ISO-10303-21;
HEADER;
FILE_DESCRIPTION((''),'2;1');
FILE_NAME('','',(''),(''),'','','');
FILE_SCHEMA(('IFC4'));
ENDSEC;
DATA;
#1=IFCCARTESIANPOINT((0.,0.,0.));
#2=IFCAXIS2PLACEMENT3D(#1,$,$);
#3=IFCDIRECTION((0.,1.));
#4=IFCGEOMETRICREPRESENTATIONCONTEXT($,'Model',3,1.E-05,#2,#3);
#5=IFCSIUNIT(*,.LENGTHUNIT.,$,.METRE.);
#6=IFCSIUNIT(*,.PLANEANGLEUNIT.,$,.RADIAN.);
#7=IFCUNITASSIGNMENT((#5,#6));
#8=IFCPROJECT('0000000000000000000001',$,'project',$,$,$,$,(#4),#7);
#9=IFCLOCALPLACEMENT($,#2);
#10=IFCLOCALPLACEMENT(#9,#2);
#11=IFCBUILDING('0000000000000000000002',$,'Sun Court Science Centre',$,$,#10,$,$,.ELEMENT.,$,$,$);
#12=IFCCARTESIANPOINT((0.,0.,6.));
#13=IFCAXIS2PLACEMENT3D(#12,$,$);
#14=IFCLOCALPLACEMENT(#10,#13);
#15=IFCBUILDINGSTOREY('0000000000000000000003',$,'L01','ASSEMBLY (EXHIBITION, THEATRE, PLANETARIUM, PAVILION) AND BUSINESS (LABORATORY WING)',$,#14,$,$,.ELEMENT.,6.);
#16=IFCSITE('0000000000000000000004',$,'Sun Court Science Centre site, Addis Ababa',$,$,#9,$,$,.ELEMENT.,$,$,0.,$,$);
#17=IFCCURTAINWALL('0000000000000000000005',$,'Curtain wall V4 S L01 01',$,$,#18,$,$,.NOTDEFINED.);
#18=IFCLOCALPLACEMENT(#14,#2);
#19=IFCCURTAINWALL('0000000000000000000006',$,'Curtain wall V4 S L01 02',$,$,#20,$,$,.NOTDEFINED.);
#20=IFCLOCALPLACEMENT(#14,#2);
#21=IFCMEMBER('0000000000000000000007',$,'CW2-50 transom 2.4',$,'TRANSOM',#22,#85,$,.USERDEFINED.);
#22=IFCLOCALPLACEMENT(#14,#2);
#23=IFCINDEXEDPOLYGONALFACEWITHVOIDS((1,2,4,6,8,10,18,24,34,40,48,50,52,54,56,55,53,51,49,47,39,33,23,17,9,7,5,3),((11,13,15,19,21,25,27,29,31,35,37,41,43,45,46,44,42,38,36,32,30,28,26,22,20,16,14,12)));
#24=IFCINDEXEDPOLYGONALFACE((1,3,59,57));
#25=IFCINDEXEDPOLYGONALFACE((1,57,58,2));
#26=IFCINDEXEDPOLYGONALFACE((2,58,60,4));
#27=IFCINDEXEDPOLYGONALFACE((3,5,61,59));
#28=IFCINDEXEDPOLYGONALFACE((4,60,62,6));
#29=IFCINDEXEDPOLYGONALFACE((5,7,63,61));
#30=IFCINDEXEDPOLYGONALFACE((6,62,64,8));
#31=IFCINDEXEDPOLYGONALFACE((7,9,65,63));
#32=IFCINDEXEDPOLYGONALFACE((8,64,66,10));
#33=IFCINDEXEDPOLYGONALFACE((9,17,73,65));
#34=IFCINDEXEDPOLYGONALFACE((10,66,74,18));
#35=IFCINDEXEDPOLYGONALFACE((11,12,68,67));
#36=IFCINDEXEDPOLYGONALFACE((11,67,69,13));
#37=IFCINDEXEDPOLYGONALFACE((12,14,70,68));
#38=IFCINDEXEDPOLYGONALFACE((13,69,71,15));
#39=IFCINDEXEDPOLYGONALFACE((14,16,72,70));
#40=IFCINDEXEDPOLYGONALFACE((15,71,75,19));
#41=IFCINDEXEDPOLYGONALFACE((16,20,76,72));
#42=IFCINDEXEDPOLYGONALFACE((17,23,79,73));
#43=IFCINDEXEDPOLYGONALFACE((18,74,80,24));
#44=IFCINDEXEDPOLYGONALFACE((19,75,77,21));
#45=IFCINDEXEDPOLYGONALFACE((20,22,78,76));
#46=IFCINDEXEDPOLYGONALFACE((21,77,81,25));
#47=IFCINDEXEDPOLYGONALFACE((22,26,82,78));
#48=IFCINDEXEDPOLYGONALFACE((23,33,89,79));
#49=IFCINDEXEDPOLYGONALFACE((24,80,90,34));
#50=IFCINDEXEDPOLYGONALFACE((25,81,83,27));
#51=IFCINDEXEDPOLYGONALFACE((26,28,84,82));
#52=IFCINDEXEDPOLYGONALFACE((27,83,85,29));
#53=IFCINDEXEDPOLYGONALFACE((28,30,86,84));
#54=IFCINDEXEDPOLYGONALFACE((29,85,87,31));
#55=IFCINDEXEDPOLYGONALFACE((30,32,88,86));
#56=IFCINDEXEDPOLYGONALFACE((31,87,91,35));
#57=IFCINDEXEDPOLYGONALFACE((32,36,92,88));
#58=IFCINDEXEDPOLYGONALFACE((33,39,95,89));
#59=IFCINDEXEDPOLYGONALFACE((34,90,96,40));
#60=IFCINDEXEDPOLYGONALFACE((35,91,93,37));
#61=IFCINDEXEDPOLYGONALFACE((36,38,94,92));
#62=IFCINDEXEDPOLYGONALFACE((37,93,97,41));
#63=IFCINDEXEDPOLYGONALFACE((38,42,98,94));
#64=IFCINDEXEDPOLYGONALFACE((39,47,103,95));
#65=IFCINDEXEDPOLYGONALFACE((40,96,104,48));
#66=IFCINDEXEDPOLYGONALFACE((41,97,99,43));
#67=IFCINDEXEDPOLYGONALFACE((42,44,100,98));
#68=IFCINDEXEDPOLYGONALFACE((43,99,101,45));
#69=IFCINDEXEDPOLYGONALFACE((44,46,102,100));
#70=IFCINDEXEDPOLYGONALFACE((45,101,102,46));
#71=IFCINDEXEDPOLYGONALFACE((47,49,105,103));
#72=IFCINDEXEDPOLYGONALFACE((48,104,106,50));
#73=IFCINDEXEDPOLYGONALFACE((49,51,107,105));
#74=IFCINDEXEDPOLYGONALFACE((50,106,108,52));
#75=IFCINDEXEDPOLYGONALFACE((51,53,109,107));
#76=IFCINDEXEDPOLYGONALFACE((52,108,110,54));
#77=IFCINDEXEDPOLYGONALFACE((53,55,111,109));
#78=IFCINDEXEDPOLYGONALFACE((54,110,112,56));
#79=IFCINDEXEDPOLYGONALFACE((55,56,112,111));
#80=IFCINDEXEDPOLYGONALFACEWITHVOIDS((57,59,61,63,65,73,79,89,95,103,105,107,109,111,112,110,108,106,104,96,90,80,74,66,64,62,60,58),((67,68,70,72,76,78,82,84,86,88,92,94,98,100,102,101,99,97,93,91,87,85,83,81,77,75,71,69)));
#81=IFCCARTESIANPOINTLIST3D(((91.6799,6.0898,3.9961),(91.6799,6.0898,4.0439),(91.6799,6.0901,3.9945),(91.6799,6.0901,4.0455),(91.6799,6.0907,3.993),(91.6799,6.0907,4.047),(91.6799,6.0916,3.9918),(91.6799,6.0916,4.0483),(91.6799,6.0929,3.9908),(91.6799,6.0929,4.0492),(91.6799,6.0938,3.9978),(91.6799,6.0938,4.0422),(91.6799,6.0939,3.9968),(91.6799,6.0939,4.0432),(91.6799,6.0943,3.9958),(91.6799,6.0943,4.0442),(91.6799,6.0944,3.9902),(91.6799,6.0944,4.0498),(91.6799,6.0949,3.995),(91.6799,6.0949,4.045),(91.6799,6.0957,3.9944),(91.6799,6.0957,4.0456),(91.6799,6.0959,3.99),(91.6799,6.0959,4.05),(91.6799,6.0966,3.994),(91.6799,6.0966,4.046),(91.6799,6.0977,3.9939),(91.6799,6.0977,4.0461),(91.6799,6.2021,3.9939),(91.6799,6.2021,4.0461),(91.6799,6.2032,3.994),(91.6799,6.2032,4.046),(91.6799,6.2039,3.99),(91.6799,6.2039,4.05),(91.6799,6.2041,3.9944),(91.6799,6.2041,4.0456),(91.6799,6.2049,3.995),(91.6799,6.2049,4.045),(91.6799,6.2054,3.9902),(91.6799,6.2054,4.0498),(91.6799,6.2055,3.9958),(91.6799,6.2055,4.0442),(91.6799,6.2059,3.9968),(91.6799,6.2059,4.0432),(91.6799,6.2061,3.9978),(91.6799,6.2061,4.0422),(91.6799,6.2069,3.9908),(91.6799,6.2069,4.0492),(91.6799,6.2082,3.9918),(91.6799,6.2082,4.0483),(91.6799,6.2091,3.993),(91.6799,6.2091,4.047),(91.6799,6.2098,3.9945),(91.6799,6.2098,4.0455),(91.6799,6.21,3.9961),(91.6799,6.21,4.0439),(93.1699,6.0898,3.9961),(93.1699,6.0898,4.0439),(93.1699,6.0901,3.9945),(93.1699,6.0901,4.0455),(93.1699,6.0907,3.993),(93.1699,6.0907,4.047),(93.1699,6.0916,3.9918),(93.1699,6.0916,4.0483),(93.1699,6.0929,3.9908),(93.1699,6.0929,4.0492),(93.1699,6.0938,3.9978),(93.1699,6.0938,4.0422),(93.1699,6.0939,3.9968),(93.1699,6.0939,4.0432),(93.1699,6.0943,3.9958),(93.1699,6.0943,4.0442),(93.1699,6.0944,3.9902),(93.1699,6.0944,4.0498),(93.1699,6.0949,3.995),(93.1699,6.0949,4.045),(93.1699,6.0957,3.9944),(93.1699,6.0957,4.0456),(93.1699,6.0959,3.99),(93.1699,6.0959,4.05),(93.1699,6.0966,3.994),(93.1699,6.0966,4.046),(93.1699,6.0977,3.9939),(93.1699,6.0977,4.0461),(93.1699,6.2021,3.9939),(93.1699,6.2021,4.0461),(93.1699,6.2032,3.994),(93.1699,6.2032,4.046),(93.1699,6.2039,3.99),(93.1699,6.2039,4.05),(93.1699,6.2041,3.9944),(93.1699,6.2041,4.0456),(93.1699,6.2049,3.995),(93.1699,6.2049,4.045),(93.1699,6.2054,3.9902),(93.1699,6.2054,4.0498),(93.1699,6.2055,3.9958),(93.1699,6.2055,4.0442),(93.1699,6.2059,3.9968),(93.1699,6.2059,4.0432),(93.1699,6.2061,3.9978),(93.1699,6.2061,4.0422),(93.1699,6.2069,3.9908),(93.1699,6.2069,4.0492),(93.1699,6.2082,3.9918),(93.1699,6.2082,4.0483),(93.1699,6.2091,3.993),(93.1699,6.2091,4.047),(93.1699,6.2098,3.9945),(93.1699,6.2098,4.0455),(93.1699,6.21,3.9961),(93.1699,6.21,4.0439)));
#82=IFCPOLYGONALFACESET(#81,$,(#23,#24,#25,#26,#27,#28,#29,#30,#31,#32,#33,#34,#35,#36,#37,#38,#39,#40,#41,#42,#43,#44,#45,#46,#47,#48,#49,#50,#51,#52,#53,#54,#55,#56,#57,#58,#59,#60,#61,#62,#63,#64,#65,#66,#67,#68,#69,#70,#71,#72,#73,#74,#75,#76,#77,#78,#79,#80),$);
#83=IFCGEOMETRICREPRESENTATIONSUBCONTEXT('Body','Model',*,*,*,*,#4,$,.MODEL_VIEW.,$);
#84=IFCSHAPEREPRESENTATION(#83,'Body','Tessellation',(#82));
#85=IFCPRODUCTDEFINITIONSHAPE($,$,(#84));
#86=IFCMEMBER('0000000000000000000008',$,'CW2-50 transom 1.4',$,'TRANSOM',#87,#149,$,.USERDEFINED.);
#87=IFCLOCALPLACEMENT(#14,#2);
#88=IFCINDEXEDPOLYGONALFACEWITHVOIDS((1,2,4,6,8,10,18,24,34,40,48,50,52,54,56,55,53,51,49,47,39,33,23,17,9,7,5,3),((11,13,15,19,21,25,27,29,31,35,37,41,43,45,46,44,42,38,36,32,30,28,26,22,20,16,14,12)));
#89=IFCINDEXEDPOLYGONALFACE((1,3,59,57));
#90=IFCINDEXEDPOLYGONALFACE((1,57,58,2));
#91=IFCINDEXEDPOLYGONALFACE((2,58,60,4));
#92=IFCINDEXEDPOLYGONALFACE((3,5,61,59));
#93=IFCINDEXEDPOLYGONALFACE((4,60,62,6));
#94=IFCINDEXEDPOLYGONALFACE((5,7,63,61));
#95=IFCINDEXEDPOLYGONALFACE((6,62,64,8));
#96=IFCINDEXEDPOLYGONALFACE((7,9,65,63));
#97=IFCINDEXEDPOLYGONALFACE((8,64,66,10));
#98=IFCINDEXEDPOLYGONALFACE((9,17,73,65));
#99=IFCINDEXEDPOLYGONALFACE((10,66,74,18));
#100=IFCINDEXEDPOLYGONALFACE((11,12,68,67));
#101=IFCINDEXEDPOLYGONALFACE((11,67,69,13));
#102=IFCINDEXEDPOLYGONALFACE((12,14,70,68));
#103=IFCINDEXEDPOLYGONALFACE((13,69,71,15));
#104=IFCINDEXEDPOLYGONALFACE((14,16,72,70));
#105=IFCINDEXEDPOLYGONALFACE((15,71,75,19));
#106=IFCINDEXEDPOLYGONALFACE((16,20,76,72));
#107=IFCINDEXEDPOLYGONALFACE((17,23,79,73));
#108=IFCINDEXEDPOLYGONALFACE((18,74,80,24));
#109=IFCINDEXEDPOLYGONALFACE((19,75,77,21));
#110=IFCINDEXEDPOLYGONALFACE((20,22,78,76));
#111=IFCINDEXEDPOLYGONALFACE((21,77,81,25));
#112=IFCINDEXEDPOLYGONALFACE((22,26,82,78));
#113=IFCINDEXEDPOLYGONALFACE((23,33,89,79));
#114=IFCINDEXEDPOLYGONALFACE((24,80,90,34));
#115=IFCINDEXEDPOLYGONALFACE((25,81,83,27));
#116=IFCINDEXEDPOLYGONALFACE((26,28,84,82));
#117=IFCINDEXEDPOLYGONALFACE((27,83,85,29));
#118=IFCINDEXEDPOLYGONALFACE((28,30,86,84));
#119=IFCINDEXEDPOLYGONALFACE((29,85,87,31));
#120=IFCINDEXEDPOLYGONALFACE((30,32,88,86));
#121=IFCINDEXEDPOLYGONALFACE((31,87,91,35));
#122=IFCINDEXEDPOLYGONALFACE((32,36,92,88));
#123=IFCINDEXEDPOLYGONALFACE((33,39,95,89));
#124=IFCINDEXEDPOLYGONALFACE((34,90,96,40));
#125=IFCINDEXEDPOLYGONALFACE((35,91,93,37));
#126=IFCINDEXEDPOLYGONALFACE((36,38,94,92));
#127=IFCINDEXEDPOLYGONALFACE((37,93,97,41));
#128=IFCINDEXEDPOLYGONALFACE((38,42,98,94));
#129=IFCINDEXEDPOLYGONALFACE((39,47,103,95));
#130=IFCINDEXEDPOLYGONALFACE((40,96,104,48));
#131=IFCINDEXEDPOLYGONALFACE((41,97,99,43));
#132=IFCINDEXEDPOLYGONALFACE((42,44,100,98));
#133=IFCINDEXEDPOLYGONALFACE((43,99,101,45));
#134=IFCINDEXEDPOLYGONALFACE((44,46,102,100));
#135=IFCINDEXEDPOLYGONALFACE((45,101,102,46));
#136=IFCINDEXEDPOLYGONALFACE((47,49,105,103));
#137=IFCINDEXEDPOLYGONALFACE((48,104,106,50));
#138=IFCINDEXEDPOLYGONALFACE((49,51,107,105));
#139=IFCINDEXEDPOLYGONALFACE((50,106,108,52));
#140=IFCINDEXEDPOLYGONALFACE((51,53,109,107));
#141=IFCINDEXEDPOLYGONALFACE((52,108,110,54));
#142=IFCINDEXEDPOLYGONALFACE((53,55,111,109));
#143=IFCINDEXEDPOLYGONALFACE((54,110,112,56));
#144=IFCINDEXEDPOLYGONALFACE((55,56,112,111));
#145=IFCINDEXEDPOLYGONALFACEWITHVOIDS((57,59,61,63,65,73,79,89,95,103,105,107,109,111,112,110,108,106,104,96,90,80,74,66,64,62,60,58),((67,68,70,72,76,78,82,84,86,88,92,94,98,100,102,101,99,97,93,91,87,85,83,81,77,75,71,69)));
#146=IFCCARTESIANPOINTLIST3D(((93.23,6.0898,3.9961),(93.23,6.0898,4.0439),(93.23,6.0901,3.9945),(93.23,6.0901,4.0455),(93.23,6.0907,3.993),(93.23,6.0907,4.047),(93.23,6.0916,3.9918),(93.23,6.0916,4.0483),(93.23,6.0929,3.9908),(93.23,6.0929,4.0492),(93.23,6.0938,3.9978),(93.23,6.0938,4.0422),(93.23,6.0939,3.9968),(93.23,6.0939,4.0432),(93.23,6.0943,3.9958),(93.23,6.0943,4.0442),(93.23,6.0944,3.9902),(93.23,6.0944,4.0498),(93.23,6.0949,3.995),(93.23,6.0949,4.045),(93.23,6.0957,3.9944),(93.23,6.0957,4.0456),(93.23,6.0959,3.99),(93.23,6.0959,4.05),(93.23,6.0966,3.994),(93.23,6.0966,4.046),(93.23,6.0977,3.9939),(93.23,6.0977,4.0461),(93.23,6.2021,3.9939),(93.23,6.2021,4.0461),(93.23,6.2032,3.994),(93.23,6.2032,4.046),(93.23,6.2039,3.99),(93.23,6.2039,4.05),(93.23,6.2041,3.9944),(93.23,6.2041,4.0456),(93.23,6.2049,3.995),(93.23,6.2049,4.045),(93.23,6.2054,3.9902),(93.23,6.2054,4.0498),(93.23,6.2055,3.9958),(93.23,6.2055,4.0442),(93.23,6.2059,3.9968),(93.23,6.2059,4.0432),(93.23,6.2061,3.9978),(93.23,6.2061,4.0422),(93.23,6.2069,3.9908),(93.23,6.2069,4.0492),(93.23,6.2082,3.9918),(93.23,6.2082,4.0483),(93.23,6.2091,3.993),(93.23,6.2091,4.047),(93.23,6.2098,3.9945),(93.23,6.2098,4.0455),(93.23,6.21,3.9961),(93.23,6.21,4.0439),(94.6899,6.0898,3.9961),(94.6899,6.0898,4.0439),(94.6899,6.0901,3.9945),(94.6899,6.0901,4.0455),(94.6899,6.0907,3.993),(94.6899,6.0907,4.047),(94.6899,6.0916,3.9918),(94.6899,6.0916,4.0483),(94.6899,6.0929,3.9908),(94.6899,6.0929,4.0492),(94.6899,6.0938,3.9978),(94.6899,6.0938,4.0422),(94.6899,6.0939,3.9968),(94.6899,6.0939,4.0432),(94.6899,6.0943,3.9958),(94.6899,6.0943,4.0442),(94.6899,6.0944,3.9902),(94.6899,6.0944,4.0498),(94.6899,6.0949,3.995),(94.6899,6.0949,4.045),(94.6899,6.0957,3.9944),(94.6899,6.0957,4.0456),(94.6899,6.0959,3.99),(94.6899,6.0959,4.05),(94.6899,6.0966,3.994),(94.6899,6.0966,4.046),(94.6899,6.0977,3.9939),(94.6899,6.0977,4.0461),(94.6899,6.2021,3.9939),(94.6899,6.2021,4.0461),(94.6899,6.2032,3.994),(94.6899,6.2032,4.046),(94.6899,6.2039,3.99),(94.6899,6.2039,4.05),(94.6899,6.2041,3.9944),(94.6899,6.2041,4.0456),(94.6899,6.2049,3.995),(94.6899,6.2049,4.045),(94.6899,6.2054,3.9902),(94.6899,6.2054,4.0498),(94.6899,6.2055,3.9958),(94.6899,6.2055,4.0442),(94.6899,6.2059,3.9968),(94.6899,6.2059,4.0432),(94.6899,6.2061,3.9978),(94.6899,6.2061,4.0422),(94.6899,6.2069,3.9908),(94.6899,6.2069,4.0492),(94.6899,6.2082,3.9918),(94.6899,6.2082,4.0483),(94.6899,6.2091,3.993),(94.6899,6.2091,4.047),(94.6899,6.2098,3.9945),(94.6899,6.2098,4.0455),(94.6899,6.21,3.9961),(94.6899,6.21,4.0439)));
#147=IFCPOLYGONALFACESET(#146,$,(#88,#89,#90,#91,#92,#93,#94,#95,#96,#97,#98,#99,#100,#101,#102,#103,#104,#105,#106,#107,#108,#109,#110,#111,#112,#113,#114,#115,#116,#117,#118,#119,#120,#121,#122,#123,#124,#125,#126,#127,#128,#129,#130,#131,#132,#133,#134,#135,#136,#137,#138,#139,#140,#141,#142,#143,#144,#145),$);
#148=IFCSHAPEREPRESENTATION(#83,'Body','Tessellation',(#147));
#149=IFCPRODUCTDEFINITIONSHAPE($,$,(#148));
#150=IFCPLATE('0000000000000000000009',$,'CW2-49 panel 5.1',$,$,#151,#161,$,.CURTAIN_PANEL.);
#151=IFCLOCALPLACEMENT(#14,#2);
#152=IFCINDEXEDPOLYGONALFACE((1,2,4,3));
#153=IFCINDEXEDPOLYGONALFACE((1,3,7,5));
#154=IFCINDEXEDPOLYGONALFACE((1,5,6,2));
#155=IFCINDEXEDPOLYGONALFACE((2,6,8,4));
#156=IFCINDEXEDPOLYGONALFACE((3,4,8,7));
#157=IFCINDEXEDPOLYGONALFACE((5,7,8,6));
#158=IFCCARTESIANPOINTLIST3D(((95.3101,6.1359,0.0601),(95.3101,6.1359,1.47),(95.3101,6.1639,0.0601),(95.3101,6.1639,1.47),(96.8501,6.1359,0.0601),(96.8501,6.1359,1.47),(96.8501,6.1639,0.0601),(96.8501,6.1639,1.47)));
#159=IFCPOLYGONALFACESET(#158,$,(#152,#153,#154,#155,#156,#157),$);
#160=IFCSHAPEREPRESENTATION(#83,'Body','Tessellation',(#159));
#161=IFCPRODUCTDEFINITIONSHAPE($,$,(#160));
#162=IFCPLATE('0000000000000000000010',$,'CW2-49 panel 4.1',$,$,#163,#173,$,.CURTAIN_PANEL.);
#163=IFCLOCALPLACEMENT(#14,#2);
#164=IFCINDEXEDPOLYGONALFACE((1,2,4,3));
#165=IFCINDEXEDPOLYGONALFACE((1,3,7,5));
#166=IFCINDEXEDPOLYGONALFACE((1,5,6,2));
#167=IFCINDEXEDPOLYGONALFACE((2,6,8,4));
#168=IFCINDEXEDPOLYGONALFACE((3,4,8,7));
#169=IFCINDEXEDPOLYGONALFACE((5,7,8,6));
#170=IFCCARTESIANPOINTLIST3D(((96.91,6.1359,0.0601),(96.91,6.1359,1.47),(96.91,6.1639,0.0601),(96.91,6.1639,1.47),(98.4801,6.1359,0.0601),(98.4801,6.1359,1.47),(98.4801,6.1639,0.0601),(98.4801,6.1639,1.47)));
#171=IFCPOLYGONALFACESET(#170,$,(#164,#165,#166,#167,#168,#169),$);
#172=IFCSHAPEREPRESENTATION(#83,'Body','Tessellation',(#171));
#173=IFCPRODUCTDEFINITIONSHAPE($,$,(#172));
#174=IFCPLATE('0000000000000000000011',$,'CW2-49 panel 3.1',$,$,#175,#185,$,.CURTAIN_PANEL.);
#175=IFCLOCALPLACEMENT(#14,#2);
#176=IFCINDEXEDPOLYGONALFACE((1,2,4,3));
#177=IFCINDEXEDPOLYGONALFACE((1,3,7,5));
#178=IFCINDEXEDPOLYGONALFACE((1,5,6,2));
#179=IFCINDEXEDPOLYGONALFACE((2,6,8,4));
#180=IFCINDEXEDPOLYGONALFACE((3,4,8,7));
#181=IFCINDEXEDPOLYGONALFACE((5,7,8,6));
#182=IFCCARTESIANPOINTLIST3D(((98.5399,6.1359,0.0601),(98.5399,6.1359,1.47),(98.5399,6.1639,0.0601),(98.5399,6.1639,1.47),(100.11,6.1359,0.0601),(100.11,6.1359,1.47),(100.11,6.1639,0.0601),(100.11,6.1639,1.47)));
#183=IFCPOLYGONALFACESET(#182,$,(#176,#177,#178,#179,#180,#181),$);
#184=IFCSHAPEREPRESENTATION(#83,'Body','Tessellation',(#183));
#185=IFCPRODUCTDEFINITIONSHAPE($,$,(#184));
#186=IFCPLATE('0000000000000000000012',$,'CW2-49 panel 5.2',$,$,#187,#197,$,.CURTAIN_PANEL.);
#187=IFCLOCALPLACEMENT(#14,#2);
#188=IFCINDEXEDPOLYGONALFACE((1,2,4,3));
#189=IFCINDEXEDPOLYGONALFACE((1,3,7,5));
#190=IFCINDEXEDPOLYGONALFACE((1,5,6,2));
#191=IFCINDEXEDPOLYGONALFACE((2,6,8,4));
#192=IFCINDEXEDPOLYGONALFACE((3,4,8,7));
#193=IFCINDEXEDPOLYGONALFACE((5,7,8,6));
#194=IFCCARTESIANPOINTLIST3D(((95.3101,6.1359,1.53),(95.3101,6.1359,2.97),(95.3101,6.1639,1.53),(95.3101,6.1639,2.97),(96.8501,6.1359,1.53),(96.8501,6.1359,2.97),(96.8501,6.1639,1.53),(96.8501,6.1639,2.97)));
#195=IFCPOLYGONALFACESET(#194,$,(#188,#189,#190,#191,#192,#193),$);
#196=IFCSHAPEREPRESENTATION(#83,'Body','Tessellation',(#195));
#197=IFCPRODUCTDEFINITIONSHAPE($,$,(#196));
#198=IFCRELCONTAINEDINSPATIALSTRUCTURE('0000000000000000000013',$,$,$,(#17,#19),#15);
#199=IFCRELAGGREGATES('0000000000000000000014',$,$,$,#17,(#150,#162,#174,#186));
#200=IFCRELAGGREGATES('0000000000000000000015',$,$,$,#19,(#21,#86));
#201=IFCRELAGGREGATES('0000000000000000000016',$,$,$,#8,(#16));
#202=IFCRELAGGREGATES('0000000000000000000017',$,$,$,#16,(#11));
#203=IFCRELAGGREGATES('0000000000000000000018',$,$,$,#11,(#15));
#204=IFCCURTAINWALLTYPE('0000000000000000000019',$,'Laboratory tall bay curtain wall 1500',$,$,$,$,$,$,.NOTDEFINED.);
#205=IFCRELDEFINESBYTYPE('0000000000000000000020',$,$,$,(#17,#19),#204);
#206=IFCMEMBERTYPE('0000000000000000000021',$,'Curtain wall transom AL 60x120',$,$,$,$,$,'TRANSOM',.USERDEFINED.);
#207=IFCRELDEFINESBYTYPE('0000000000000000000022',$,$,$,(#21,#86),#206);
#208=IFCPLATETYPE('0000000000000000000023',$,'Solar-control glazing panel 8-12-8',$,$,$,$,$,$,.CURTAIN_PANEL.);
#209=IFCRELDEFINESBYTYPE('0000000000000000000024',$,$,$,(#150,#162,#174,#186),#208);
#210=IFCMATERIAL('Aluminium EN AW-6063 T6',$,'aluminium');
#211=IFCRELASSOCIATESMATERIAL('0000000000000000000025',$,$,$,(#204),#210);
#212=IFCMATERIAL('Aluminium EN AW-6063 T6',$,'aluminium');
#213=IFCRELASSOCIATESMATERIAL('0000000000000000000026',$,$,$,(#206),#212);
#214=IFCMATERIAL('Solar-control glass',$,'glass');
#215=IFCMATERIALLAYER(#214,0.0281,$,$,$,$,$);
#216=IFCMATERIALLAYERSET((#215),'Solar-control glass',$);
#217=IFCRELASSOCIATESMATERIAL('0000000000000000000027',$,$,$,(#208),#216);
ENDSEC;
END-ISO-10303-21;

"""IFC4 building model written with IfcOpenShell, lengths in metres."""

from ifc_helpers import new_model, si_unit, direction, frame, origin, origin_2d, place, context, subcontext, project, spatial, rectangle, hollow_rectangle, extrude, material, layer, layer_set, material_profile, profile_set, type_object, element, aggregate, save


model = new_model("IFC4")

# Units and contexts
model_context = context("Model", 3, precision=1e-05, world=origin(), true_north=direction((0.0, 1.0)))
body_context = subcontext(model_context, "Body", "Model", "MODEL_VIEW")
ifc_project = project(units=[si_unit("LENGTHUNIT", "METRE"), si_unit("PLANEANGLEUNIT", "RADIAN")], contexts=[model_context])

# Site, building, storey
site_placement = place(None, origin())
site = spatial("IfcSite", under=ifc_project, at=site_placement, Name="Sun Court Science Centre site, Addis Ababa", CompositionType="ELEMENT", RefElevation=0.0)
building_placement = place(site_placement, origin())
building = spatial("IfcBuilding", under=site, at=building_placement, Name="Sun Court Science Centre", CompositionType="ELEMENT")
storey_placement = place(building_placement, frame((0.0, 0.0, 6.0)))
storey = spatial("IfcBuildingStorey", under=building, at=storey_placement, Name="L01", Description="ASSEMBLY (EXHIBITION, THEATRE, PLANETARIUM, PAVILION) AND BUSINESS (LABORATORY WING)", CompositionType="ELEMENT", Elevation=6.0)

# Curtain walls
ifc_material_1 = material(Name="Aluminium EN AW-6063 T6", Category="aluminium")
curtain_wall_type = type_object("IfcCurtainWallType", Name="Laboratory tall bay curtain wall 1500", PredefinedType="NOTDEFINED", material=ifc_material_1)
curtain_wall_1_placement = place(storey_placement, origin())
curtain_wall_1 = element("IfcCurtainWall", 1, at=curtain_wall_1_placement, inside=storey, type_object=curtain_wall_type, Name="Curtain wall V4 S L01 01", PredefinedType="NOTDEFINED")
curtain_wall_2_placement = place(storey_placement, origin())
curtain_wall_2 = element("IfcCurtainWall", 2, at=curtain_wall_2_placement, inside=storey, type_object=curtain_wall_type, Name="Curtain wall V4 S L01 02", PredefinedType="NOTDEFINED")

# Members
ifc_material_2 = material(Name="Aluminium EN AW-6063 T6", Category="aluminium")
ifc_material_profile_1 = material_profile(ifc_material_2, hollow_rectangle(XDim=0.0601, YDim=0.1201, WallThickness=0.0039, InnerFilletRadius=0.0039, OuterFilletRadius=0.0061, at=origin_2d()), Name="AL 60x120x4")
ifc_profile_set_1 = profile_set([ifc_material_profile_1], Name="Aluminium EN AW-6063 T6")
member_type_1 = type_object("IfcMemberType", Name="Curtain wall transom AL 60x120", ElementType="TRANSOM", PredefinedType="USERDEFINED", material=ifc_profile_set_1)
member_1_placement = place(storey_placement, frame((93.1699, 6.1499, 4.02), z_axis=(-1.0, 0.0, 0.0), x_axis=(0.0, 0.0, 1.0)))
member_1 = element("IfcMember", 3, at=member_1_placement, type_object=member_type_1, Name="CW2-50 transom 2.4", ObjectType="TRANSOM", PredefinedType="USERDEFINED", context=body_context, shape_type="SweptSolid", body=[
    extrude(hollow_rectangle(XDim=0.0601, YDim=0.1201, WallThickness=0.0039, InnerFilletRadius=0.0039, OuterFilletRadius=0.0061, at=origin_2d()), origin(), (0.0, 0.0, 1.0), 1.49),
])
member_2_placement = place(storey_placement, frame((94.6899, 6.1499, 4.02), z_axis=(-1.0, 0.0, 0.0), x_axis=(0.0, 0.0, 1.0)))
member_2 = element("IfcMember", 4, at=member_2_placement, type_object=member_type_1, Name="CW2-50 transom 1.4", ObjectType="TRANSOM", PredefinedType="USERDEFINED", context=body_context, shape_type="SweptSolid", body=[
    extrude(hollow_rectangle(XDim=0.0601, YDim=0.1201, WallThickness=0.0039, InnerFilletRadius=0.0039, OuterFilletRadius=0.0061, at=origin_2d()), origin(), (0.0, 0.0, 1.0), 1.46),
])

# Plates
ifc_material_3 = material(Name="Solar-control glass", Category="glass")
ifc_layer_1 = layer(ifc_material_3, 0.0281)
ifc_layer_set_1 = layer_set([ifc_layer_1], Name="Solar-control glass")
plate_type = type_object("IfcPlateType", Name="Solar-control glazing panel 8-12-8", PredefinedType="CURTAIN_PANEL", material=ifc_layer_set_1)
plate_1_placement = place(storey_placement, frame((96.0801, 6.1499, 0.0601), z_axis=(0.0, 0.0, 1.0), x_axis=(-1.0, 0.0, 0.0)))
plate_1 = element("IfcPlate", 5, at=plate_1_placement, type_object=plate_type, Name="CW2-49 panel 5.1", PredefinedType="CURTAIN_PANEL", context=body_context, shape_type="SweptSolid", body=[
    extrude(rectangle(XDim=1.54, YDim=0.0281, at=origin_2d()), origin(), (0.0, 0.0, 1.0), 1.4099),
])
plate_2_placement = place(storey_placement, frame((97.6951, 6.1499, 0.0601), z_axis=(0.0, 0.0, 1.0), x_axis=(-1.0, 0.0, 0.0)))
plate_2 = element("IfcPlate", 6, at=plate_2_placement, type_object=plate_type, Name="CW2-49 panel 4.1", PredefinedType="CURTAIN_PANEL", context=body_context, shape_type="SweptSolid", body=[
    extrude(rectangle(XDim=1.5701, YDim=0.0281, at=origin_2d()), origin(), (0.0, 0.0, 1.0), 1.4099),
])
plate_3_placement = place(storey_placement, frame((99.325, 6.1499, 0.0601), z_axis=(0.0, 0.0, 1.0), x_axis=(-1.0, 0.0, 0.0)))
plate_3 = element("IfcPlate", 7, at=plate_3_placement, type_object=plate_type, Name="CW2-49 panel 3.1", PredefinedType="CURTAIN_PANEL", context=body_context, shape_type="SweptSolid", body=[
    extrude(rectangle(XDim=1.5701, YDim=0.0281, at=origin_2d()), origin(), (0.0, 0.0, 1.0), 1.4099),
])
plate_4_placement = place(storey_placement, frame((96.0801, 6.1499, 1.53), z_axis=(0.0, 0.0, 1.0), x_axis=(-1.0, 0.0, 0.0)))
plate_4 = element("IfcPlate", 8, at=plate_4_placement, type_object=plate_type, Name="CW2-49 panel 5.2", PredefinedType="CURTAIN_PANEL", context=body_context, shape_type="SweptSolid", body=[
    extrude(rectangle(XDim=1.54, YDim=0.0281, at=origin_2d()), origin(), (0.0, 0.0, 1.0), 1.4399),
])
aggregate(curtain_wall_1, [plate_1, plate_2, plate_3, plate_4])
aggregate(curtain_wall_2, [member_1, member_2])

save(model, "model.ifc")
